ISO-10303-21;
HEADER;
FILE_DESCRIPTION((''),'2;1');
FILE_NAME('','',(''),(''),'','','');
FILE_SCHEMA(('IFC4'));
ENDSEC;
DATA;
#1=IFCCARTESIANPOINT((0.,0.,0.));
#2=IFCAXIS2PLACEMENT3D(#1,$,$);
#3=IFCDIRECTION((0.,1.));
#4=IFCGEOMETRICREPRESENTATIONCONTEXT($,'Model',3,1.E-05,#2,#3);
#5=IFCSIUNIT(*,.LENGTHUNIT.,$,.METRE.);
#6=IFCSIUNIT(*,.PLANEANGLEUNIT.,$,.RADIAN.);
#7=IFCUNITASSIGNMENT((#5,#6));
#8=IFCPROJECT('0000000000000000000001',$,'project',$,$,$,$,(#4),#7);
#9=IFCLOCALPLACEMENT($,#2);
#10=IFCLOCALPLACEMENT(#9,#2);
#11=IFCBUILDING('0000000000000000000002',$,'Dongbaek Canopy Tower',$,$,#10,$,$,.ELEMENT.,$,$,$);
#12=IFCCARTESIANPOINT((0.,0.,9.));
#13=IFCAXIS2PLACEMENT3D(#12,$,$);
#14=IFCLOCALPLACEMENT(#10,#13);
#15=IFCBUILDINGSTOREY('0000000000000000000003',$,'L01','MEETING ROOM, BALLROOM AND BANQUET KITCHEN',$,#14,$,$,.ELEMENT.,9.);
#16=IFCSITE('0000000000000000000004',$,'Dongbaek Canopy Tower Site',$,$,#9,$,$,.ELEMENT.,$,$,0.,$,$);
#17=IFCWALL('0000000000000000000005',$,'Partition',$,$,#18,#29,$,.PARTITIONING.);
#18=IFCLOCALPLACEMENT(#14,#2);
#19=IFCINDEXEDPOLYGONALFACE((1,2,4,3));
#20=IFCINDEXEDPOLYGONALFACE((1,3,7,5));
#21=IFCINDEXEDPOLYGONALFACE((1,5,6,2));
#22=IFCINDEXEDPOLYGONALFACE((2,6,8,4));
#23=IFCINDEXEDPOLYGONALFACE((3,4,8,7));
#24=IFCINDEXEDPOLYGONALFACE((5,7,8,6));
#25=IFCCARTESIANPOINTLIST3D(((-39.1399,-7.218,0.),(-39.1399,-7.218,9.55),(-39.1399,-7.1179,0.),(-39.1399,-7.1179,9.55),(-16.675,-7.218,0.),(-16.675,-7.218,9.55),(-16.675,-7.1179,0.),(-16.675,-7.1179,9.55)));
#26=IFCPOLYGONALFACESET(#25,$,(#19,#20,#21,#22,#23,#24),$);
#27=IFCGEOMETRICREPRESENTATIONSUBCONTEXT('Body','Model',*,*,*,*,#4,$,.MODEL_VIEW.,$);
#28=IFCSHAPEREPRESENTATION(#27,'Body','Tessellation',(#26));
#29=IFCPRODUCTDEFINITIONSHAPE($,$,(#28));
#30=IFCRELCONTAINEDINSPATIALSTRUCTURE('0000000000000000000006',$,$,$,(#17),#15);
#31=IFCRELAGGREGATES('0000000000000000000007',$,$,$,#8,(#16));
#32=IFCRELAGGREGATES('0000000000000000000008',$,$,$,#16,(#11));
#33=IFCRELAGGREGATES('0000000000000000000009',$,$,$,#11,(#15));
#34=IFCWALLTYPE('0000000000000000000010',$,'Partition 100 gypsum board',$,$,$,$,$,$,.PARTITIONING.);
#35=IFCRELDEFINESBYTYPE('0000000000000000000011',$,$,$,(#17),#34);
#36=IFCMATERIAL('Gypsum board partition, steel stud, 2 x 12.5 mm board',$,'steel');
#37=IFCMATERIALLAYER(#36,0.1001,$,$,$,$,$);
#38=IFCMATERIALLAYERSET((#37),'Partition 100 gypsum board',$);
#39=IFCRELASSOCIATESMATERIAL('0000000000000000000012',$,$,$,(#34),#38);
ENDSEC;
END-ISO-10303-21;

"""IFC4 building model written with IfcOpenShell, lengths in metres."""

from ifc_helpers import new_model, si_unit, direction, frame, frame_2d, origin, place, context, subcontext, project, spatial, rectangle, extrude, material, layer, layer_set, type_object, element, save


model = new_model("IFC4")

# Units and contexts
model_context = context("Model", 3, precision=1e-05, world=origin(), true_north=direction((0.0, 1.0)))
body_context = subcontext(model_context, "Body", "Model", "MODEL_VIEW")
ifc_project = project(units=[si_unit("LENGTHUNIT", "METRE"), si_unit("PLANEANGLEUNIT", "RADIAN")], contexts=[model_context])

# Site, building, storey
site_placement = place(None, origin())
site = spatial("IfcSite", under=ifc_project, at=site_placement, Name="Dongbaek Canopy Tower Site", CompositionType="ELEMENT", RefElevation=0.0)
building_placement = place(site_placement, origin())
building = spatial("IfcBuilding", under=site, at=building_placement, Name="Dongbaek Canopy Tower", CompositionType="ELEMENT")
storey_placement = place(building_placement, frame((0.0, 0.0, 9.0)))
storey = spatial("IfcBuildingStorey", under=building, at=storey_placement, Name="L01", Description="MEETING ROOM, BALLROOM AND BANQUET KITCHEN", CompositionType="ELEMENT", Elevation=9.0)

# Wall
ifc_material_1 = material(Name="Gypsum board partition, steel stud, 2 x 12.5 mm board", Category="steel")
ifc_layer_1 = layer(ifc_material_1, 0.1001)
ifc_layer_set_1 = layer_set([ifc_layer_1], Name="Partition 100 gypsum board")
wall_type_1 = type_object("IfcWallType", Name="Partition 100 gypsum board", PredefinedType="PARTITIONING", material=ifc_layer_set_1)
wall_1_placement = place(storey_placement, frame((-39.1399, -7.168, 0.0), z_axis=(0.0, 0.0, 1.0), x_axis=(1.0, 0.0, 0.0)))
element("IfcWall", 1, at=wall_1_placement, inside=storey, type_object=wall_type_1, Name="Partition", PredefinedType="PARTITIONING", context=body_context, shape_type="SweptSolid", body=[
    extrude(rectangle(XDim=22.4648, YDim=0.1001, at=frame_2d((11.2324, 0.0))), origin(), (0.0, 0.0, 1.0), 9.55),
])

save(model, "model.ifc")
